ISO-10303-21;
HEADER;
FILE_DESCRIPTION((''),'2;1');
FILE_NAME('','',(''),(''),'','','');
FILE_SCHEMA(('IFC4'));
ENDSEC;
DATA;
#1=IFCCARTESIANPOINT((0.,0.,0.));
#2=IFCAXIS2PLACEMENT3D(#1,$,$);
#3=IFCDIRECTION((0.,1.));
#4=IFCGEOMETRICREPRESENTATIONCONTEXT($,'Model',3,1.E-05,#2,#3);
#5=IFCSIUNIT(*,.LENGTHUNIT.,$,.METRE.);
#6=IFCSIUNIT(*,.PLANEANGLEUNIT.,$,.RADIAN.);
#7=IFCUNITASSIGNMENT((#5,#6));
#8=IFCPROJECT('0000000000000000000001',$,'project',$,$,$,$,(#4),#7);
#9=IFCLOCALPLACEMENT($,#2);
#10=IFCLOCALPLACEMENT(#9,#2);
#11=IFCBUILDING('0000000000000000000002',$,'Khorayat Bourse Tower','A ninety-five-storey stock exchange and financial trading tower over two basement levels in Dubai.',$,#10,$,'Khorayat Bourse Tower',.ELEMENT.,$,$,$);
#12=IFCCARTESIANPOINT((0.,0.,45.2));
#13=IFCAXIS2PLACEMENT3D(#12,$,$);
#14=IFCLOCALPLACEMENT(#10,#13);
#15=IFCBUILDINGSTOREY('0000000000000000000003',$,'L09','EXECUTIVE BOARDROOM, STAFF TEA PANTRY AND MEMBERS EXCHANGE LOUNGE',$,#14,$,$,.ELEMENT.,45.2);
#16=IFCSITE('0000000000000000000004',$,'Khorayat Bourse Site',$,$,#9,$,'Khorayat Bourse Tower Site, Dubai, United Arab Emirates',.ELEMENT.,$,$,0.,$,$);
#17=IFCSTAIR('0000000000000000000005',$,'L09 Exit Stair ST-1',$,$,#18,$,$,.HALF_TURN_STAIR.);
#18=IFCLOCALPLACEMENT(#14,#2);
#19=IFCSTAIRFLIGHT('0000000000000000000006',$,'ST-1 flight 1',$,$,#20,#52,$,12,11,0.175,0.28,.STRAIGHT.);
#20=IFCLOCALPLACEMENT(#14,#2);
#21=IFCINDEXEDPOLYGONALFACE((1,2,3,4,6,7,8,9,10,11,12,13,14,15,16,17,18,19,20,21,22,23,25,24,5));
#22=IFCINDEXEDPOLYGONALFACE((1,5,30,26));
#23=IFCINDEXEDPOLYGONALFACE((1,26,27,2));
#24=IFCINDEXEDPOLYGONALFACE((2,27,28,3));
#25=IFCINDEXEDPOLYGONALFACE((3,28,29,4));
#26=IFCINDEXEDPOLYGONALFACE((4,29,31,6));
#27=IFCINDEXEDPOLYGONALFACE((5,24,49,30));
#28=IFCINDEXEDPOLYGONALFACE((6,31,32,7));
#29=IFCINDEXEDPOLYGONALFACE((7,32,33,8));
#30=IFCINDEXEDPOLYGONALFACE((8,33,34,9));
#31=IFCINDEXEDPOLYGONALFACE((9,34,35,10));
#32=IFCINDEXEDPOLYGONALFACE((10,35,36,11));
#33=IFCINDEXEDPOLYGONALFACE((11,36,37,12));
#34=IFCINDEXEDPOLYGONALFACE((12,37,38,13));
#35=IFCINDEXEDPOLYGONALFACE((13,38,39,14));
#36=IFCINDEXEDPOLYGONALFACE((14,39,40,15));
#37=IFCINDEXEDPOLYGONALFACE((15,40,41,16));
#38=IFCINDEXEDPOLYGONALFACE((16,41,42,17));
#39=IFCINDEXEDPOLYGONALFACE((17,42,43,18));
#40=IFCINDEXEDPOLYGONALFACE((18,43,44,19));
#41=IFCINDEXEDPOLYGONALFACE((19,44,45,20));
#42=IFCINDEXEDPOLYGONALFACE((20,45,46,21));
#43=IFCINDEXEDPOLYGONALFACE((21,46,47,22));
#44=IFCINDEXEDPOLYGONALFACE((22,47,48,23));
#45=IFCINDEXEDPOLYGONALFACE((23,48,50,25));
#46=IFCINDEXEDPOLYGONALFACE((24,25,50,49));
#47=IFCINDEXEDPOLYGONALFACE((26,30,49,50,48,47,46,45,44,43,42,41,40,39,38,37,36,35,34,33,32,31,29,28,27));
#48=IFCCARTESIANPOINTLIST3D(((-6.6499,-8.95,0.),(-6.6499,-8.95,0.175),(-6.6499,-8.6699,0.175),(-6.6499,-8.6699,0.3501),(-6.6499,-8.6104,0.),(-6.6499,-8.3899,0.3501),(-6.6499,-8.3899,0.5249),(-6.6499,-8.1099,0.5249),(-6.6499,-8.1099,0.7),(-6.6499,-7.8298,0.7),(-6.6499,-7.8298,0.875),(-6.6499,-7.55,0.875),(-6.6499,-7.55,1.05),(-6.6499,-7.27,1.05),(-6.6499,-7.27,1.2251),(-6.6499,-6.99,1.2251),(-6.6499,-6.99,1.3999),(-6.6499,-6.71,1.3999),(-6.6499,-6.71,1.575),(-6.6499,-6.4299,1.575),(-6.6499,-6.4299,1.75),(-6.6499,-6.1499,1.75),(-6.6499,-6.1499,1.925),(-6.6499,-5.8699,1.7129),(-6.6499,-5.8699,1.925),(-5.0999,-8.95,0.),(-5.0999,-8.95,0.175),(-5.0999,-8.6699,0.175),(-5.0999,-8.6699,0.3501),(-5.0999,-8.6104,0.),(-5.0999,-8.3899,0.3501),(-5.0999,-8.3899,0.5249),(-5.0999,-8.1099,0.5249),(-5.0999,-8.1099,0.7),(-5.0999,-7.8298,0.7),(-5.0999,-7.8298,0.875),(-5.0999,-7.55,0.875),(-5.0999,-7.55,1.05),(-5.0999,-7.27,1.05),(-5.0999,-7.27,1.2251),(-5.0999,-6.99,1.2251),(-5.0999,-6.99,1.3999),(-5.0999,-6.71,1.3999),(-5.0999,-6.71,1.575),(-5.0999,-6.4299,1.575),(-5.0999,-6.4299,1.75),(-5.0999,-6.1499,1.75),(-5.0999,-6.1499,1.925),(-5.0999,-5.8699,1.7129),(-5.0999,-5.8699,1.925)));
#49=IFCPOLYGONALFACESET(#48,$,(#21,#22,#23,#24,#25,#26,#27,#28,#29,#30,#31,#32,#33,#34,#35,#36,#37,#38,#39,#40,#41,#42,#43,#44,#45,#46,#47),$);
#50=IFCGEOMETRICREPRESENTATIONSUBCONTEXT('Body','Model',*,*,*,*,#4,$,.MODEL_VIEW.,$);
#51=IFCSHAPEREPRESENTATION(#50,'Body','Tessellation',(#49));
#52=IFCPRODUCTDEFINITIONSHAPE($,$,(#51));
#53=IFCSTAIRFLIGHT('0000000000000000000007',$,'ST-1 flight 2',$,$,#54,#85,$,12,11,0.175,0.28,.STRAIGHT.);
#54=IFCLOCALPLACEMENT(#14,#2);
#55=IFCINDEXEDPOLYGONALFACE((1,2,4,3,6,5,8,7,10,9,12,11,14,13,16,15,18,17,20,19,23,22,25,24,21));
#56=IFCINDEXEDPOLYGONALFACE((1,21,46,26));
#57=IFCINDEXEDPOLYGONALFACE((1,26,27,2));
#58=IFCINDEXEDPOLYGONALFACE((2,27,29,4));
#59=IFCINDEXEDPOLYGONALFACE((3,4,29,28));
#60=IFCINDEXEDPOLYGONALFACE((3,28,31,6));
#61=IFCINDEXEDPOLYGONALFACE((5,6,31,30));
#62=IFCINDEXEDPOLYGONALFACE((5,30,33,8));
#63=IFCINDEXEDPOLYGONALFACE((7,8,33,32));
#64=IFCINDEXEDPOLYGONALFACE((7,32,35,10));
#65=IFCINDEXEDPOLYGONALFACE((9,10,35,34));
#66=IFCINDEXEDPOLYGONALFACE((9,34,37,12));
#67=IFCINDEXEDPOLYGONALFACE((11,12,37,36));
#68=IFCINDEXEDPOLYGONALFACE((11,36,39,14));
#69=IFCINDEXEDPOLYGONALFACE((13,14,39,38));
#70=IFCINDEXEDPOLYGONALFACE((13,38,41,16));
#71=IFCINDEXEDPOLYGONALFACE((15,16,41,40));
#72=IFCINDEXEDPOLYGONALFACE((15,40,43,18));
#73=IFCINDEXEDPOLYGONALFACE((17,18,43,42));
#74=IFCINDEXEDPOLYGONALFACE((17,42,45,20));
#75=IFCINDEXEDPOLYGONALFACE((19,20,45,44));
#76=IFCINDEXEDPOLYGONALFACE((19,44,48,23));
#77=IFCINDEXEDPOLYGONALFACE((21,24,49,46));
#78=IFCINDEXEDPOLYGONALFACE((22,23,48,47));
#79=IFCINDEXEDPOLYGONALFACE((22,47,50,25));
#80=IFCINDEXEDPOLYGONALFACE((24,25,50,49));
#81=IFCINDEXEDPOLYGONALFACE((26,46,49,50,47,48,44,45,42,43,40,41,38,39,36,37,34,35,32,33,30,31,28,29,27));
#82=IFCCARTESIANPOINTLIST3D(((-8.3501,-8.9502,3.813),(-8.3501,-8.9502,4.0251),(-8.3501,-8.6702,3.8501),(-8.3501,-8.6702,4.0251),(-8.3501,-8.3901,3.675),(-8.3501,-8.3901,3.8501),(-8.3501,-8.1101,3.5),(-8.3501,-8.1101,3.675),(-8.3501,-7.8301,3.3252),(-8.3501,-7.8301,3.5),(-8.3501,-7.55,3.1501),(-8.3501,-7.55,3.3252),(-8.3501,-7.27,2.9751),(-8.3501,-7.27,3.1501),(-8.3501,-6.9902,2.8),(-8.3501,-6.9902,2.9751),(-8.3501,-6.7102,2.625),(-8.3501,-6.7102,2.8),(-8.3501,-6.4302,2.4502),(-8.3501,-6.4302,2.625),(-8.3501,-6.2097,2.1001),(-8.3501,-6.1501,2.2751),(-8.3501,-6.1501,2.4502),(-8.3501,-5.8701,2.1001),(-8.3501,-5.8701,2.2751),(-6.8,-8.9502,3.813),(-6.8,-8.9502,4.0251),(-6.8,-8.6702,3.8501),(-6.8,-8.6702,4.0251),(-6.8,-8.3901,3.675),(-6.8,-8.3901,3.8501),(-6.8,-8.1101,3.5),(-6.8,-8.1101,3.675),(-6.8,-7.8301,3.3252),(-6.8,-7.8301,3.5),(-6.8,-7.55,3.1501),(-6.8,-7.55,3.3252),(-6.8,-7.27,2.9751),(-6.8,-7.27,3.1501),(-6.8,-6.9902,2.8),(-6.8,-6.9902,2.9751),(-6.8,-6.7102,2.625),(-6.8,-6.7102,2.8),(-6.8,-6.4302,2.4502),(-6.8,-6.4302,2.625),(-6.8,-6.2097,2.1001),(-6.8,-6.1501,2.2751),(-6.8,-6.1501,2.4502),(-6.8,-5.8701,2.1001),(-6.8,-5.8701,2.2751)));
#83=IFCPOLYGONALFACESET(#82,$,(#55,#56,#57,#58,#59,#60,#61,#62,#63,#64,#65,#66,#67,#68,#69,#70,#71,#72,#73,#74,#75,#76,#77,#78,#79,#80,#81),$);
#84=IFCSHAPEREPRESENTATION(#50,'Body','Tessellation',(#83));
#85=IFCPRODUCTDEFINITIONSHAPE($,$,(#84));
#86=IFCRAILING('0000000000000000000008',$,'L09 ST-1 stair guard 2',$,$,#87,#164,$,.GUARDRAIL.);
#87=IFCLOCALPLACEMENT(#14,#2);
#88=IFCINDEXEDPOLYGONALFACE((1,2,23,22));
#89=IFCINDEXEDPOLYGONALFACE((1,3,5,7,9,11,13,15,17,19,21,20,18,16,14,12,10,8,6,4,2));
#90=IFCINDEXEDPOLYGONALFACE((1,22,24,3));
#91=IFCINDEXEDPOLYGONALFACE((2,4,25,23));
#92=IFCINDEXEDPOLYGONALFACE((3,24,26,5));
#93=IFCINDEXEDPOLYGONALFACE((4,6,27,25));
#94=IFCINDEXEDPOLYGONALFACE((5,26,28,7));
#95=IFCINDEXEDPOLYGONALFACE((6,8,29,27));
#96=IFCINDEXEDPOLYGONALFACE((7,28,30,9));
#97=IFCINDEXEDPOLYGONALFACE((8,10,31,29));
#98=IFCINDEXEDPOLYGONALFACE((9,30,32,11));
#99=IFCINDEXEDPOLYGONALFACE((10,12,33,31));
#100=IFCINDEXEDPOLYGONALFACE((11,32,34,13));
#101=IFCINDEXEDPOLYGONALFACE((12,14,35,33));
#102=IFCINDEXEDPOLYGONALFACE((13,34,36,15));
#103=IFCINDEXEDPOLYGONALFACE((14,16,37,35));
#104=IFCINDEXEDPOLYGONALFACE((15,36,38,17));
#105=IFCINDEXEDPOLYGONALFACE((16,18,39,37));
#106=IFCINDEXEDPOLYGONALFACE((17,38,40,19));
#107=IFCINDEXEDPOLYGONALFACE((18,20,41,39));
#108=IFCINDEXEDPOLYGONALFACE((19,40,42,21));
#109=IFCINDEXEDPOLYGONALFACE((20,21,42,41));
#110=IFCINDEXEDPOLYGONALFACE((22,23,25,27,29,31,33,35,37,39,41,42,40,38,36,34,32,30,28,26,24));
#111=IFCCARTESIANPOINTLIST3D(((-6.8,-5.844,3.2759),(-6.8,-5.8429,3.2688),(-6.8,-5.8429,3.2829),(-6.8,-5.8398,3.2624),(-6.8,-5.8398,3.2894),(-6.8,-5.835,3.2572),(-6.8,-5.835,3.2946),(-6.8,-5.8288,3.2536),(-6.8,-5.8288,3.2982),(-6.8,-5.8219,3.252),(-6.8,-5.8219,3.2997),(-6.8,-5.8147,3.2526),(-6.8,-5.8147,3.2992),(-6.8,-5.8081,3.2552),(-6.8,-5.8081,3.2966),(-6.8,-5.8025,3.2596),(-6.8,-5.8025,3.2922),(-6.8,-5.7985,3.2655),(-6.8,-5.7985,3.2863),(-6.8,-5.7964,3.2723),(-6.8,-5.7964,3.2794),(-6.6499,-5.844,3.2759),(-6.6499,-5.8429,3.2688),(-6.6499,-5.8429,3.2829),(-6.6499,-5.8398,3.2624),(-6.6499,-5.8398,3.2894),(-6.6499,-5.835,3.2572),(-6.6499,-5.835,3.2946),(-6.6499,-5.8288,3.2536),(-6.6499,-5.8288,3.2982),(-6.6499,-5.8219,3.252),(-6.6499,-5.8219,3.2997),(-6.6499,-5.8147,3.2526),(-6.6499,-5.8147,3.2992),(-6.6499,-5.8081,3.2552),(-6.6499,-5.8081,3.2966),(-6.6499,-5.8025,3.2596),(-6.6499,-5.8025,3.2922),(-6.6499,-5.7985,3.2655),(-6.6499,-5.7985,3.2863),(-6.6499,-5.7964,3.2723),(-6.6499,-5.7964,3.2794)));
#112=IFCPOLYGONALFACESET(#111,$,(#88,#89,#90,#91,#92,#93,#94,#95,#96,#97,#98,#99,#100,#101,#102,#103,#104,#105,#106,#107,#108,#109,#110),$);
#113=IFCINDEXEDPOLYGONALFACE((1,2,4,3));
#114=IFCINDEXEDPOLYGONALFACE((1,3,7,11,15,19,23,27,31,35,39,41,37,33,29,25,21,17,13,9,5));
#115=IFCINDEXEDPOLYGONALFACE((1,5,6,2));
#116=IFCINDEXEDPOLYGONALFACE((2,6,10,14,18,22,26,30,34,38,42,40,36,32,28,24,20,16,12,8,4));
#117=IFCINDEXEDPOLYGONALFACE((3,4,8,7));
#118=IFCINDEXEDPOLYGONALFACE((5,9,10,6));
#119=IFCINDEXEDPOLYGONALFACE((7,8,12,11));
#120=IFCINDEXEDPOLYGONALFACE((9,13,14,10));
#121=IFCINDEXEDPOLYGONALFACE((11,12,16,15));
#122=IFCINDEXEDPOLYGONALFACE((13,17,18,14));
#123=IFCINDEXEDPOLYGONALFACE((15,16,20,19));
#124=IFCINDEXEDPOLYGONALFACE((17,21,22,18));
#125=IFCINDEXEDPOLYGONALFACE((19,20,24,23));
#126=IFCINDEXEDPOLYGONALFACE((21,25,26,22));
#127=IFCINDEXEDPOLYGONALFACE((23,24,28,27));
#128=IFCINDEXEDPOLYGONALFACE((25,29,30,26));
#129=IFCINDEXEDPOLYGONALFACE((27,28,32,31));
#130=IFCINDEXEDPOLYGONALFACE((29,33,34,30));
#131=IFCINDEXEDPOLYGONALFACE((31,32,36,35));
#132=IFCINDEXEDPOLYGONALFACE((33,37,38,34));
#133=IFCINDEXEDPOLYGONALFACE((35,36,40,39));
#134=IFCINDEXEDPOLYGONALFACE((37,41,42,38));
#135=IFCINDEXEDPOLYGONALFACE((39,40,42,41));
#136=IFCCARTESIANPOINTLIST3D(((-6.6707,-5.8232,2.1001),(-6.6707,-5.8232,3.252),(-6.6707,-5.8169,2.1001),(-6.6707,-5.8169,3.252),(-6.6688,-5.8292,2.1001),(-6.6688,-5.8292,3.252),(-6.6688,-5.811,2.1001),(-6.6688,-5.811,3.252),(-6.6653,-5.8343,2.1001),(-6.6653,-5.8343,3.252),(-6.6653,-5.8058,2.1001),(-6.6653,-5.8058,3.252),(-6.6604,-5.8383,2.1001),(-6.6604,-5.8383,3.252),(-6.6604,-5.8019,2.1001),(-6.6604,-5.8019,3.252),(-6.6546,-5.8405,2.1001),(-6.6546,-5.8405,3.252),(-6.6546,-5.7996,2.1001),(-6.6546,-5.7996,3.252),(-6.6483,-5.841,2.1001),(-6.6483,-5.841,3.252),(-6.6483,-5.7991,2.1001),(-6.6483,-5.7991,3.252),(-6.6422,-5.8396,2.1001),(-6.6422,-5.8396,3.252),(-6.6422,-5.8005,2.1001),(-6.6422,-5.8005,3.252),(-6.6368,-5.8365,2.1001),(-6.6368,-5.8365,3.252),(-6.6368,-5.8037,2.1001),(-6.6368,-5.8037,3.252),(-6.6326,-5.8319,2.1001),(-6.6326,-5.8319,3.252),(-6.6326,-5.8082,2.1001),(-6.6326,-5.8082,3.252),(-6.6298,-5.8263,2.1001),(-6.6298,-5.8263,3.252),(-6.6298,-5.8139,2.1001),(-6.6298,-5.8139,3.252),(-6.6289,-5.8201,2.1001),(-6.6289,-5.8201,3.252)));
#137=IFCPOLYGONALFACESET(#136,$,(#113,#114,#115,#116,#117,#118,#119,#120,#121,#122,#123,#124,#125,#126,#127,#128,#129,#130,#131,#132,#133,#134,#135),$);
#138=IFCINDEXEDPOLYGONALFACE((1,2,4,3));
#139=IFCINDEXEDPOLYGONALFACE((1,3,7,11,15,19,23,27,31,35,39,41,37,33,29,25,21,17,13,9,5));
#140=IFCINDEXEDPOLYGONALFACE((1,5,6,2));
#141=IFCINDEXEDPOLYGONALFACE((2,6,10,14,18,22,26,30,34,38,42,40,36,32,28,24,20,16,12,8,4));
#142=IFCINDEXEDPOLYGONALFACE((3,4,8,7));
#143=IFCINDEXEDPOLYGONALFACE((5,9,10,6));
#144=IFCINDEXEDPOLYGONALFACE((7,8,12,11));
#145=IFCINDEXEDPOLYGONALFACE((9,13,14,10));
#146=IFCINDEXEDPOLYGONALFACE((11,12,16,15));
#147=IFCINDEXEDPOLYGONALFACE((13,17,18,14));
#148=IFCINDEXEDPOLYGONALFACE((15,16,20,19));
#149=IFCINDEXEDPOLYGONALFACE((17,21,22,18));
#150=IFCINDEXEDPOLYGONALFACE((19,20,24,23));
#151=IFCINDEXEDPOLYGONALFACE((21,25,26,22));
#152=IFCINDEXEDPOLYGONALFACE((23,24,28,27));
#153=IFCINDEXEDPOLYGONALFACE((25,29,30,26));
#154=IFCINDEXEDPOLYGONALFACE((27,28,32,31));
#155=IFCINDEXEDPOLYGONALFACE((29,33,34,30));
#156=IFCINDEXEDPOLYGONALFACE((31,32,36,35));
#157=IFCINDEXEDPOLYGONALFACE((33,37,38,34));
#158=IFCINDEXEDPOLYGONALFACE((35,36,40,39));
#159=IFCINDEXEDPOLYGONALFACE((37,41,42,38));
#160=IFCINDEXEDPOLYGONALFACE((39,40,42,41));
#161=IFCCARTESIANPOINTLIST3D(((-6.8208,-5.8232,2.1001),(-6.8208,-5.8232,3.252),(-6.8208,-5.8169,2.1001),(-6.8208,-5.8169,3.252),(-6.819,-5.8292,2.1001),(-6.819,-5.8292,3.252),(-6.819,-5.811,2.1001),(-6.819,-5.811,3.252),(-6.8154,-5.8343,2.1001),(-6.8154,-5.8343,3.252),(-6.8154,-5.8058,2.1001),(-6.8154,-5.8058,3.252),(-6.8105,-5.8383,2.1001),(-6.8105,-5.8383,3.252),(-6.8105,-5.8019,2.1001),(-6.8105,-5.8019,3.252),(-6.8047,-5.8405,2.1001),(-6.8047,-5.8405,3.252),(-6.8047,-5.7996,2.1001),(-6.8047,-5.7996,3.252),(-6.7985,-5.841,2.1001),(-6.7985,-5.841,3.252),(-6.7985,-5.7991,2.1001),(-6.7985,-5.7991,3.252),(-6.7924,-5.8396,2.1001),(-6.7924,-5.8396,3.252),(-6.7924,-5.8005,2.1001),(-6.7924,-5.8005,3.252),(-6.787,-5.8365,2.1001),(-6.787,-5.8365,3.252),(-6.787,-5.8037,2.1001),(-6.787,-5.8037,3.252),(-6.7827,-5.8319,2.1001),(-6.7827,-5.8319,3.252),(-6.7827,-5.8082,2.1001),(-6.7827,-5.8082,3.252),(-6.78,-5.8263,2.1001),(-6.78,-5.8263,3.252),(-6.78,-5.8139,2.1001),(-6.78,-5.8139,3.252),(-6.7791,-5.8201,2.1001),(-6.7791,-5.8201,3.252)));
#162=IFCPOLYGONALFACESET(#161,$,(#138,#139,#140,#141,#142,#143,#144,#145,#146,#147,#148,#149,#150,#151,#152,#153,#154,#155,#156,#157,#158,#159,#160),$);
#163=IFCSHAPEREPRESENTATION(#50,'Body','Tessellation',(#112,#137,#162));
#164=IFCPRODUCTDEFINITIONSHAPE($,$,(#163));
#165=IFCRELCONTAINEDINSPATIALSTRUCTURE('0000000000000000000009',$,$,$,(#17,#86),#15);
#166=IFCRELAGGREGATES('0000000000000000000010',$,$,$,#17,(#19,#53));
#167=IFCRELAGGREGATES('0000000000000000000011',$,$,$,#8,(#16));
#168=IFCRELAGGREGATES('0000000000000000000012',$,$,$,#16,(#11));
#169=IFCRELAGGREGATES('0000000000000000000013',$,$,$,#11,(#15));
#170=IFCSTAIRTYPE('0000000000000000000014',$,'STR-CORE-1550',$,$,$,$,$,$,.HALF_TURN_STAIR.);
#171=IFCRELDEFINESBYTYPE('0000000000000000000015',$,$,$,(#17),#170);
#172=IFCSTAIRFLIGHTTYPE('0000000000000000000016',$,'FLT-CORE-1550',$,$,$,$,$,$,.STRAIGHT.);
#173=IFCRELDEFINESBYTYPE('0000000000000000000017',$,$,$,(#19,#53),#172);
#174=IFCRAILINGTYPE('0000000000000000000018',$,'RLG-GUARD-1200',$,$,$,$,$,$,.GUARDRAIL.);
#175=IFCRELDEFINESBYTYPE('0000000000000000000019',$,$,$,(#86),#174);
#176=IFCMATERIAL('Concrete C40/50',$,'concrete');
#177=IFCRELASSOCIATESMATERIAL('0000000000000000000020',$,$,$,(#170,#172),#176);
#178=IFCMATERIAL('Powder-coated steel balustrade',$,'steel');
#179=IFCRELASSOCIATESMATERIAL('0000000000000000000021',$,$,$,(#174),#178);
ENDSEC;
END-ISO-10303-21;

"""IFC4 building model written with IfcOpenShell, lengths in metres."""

from ifc_helpers import new_model, si_unit, direction, frame, origin, origin_2d, place, context, subcontext, project, spatial, polyline, circle, outline, extrude, source, transform, mapped, material, type_object, element, aggregate, save


model = new_model("IFC4")

# Units and contexts
model_context = context("Model", 3, precision=1e-05, world=origin(), true_north=direction((0.0, 1.0)))
body_context = subcontext(model_context, "Body", "Model", "MODEL_VIEW")
ifc_project = project(units=[si_unit("LENGTHUNIT", "METRE"), si_unit("PLANEANGLEUNIT", "RADIAN")], contexts=[model_context])

# Site, building, storey
site_placement = place(None, origin())
site = spatial("IfcSite", under=ifc_project, at=site_placement, Name="Khorayat Bourse Site", LongName="Khorayat Bourse Tower Site, Dubai, United Arab Emirates", CompositionType="ELEMENT", RefElevation=0.0)
building_placement = place(site_placement, origin())
building = spatial("IfcBuilding", under=site, at=building_placement, Name="Khorayat Bourse Tower", Description="A ninety-five-storey stock exchange and financial trading tower over two basement levels in Dubai.", LongName="Khorayat Bourse Tower", CompositionType="ELEMENT")
storey_placement = place(building_placement, frame((0.0, 0.0, 45.2)))
storey = spatial("IfcBuildingStorey", under=building, at=storey_placement, Name="L09", Description="EXECUTIVE BOARDROOM, STAFF TEA PANTRY AND MEMBERS EXCHANGE LOUNGE", CompositionType="ELEMENT", Elevation=45.2)

# Stair, stair flights
ifc_material_1 = material(Name="Concrete C40/50", Category="concrete")
stair_type = type_object("IfcStairType", Name="STR-CORE-1550", PredefinedType="HALF_TURN_STAIR", material=ifc_material_1)
stair_placement = place(storey_placement, origin())
stair = element("IfcStair", 1, at=stair_placement, inside=storey, type_object=stair_type, Name="L09 Exit Stair ST-1", PredefinedType="HALF_TURN_STAIR")
stair_flight_type = type_object("IfcStairFlightType", Name="FLT-CORE-1550", PredefinedType="STRAIGHT", material=ifc_material_1)
shared_shape_1 = source(origin(), body_context, "Body", "SweptSolid", [
    extrude(outline(polyline([(0.0, 0.0), (0.0, 0.175), (0.28, 0.175), (0.28, 0.3501), (0.5601, 0.3501), (0.5601, 0.5249), (0.8401, 0.5249), (0.8401, 0.7), (1.1201, 0.7), (1.1201, 0.875), (1.3999, 0.875), (1.3999, 1.05), (1.6799, 1.05), (1.6799, 1.2251), (1.96, 1.2251), (1.96, 1.3999), (2.24, 1.3999), (2.24, 1.575), (2.52, 1.575), (2.52, 1.75), (2.8, 1.75), (2.8, 1.925), (3.0801, 1.925), (3.0801, 2.1001), (3.0801, 1.7129), (0.3396, 0.0), (0.0, 0.0)])), frame((0.0, 0.7749, 0.0), z_axis=(0.0, -1.0, 0.0), x_axis=(1.0, 0.0, 0.0)), (0.0, 0.0, 1.0), 1.55),
])
stair_flight_1_placement = place(storey_placement, frame((-5.875, -8.95, 0.0), z_axis=(0.0, 0.0, 1.0), x_axis=(0.0, 1.0, 0.0)))
stair_flight_1 = element("IfcStairFlight", 2, at=stair_flight_1_placement, type_object=stair_flight_type, Name="ST-1 flight 1", NumberOfRisers=12, NumberOfTreads=11, PredefinedType="STRAIGHT", RiserHeight=0.175, TreadLength=0.28, context=body_context, shape_type="MappedRepresentation", body=[
    mapped(shared_shape_1, transform((0.0, 0.0, 0.0), scale=1.0)),
])
stair_flight_2_placement = place(storey_placement, frame((-7.575, -5.8701, 2.1001), z_axis=(0.0, 0.0, 1.0), x_axis=(0.0, -1.0, 0.0)))
stair_flight_2 = element("IfcStairFlight", 3, at=stair_flight_2_placement, type_object=stair_flight_type, Name="ST-1 flight 2", NumberOfRisers=12, NumberOfTreads=11, PredefinedType="STRAIGHT", RiserHeight=0.175, TreadLength=0.28, context=body_context, shape_type="MappedRepresentation", body=[
    mapped(shared_shape_1, transform((0.0, 0.0, 0.0), scale=1.0)),
])
aggregate(stair, [stair_flight_1, stair_flight_2])

# Railing
ifc_material_2 = material(Name="Powder-coated steel balustrade", Category="steel")
railing_type_1 = type_object("IfcRailingType", Name="RLG-GUARD-1200", PredefinedType="GUARDRAIL", material=ifc_material_2)
shared_shape_2 = source(origin(), body_context, "Body", "SweptSolid", [
    extrude(circle(Radius=0.0239, at=origin_2d()), frame((0.0, 0.0, 1.1758), z_axis=(-1.0, 0.0, 0.0), x_axis=(0.0, -1.0, 0.0)), (0.0, 0.0, 1.0), 0.1501),
    extrude(circle(Radius=0.021, at=origin_2d()), origin(), (0.0, 0.0, 1.0), 1.1519),
    extrude(circle(Radius=0.021, at=origin_2d()), frame((-0.1501, 0.0, 0.0)), (0.0, 0.0, 1.0), 1.1519),
])
for number, where, name in (
    (4, (-6.6499, -5.8201, 2.1001), "L09 ST-1 stair guard 2"),
):
    element("IfcRailing", number, at=place(storey_placement, frame(where)), inside=storey, type_object=railing_type_1, Name=name, PredefinedType="GUARDRAIL", context=body_context, shape_type="MappedRepresentation", body=[
        mapped(shared_shape_2, transform((0.0, 0.0, 0.0), scale=1.0)),
    ])

save(model, "model.ifc")
